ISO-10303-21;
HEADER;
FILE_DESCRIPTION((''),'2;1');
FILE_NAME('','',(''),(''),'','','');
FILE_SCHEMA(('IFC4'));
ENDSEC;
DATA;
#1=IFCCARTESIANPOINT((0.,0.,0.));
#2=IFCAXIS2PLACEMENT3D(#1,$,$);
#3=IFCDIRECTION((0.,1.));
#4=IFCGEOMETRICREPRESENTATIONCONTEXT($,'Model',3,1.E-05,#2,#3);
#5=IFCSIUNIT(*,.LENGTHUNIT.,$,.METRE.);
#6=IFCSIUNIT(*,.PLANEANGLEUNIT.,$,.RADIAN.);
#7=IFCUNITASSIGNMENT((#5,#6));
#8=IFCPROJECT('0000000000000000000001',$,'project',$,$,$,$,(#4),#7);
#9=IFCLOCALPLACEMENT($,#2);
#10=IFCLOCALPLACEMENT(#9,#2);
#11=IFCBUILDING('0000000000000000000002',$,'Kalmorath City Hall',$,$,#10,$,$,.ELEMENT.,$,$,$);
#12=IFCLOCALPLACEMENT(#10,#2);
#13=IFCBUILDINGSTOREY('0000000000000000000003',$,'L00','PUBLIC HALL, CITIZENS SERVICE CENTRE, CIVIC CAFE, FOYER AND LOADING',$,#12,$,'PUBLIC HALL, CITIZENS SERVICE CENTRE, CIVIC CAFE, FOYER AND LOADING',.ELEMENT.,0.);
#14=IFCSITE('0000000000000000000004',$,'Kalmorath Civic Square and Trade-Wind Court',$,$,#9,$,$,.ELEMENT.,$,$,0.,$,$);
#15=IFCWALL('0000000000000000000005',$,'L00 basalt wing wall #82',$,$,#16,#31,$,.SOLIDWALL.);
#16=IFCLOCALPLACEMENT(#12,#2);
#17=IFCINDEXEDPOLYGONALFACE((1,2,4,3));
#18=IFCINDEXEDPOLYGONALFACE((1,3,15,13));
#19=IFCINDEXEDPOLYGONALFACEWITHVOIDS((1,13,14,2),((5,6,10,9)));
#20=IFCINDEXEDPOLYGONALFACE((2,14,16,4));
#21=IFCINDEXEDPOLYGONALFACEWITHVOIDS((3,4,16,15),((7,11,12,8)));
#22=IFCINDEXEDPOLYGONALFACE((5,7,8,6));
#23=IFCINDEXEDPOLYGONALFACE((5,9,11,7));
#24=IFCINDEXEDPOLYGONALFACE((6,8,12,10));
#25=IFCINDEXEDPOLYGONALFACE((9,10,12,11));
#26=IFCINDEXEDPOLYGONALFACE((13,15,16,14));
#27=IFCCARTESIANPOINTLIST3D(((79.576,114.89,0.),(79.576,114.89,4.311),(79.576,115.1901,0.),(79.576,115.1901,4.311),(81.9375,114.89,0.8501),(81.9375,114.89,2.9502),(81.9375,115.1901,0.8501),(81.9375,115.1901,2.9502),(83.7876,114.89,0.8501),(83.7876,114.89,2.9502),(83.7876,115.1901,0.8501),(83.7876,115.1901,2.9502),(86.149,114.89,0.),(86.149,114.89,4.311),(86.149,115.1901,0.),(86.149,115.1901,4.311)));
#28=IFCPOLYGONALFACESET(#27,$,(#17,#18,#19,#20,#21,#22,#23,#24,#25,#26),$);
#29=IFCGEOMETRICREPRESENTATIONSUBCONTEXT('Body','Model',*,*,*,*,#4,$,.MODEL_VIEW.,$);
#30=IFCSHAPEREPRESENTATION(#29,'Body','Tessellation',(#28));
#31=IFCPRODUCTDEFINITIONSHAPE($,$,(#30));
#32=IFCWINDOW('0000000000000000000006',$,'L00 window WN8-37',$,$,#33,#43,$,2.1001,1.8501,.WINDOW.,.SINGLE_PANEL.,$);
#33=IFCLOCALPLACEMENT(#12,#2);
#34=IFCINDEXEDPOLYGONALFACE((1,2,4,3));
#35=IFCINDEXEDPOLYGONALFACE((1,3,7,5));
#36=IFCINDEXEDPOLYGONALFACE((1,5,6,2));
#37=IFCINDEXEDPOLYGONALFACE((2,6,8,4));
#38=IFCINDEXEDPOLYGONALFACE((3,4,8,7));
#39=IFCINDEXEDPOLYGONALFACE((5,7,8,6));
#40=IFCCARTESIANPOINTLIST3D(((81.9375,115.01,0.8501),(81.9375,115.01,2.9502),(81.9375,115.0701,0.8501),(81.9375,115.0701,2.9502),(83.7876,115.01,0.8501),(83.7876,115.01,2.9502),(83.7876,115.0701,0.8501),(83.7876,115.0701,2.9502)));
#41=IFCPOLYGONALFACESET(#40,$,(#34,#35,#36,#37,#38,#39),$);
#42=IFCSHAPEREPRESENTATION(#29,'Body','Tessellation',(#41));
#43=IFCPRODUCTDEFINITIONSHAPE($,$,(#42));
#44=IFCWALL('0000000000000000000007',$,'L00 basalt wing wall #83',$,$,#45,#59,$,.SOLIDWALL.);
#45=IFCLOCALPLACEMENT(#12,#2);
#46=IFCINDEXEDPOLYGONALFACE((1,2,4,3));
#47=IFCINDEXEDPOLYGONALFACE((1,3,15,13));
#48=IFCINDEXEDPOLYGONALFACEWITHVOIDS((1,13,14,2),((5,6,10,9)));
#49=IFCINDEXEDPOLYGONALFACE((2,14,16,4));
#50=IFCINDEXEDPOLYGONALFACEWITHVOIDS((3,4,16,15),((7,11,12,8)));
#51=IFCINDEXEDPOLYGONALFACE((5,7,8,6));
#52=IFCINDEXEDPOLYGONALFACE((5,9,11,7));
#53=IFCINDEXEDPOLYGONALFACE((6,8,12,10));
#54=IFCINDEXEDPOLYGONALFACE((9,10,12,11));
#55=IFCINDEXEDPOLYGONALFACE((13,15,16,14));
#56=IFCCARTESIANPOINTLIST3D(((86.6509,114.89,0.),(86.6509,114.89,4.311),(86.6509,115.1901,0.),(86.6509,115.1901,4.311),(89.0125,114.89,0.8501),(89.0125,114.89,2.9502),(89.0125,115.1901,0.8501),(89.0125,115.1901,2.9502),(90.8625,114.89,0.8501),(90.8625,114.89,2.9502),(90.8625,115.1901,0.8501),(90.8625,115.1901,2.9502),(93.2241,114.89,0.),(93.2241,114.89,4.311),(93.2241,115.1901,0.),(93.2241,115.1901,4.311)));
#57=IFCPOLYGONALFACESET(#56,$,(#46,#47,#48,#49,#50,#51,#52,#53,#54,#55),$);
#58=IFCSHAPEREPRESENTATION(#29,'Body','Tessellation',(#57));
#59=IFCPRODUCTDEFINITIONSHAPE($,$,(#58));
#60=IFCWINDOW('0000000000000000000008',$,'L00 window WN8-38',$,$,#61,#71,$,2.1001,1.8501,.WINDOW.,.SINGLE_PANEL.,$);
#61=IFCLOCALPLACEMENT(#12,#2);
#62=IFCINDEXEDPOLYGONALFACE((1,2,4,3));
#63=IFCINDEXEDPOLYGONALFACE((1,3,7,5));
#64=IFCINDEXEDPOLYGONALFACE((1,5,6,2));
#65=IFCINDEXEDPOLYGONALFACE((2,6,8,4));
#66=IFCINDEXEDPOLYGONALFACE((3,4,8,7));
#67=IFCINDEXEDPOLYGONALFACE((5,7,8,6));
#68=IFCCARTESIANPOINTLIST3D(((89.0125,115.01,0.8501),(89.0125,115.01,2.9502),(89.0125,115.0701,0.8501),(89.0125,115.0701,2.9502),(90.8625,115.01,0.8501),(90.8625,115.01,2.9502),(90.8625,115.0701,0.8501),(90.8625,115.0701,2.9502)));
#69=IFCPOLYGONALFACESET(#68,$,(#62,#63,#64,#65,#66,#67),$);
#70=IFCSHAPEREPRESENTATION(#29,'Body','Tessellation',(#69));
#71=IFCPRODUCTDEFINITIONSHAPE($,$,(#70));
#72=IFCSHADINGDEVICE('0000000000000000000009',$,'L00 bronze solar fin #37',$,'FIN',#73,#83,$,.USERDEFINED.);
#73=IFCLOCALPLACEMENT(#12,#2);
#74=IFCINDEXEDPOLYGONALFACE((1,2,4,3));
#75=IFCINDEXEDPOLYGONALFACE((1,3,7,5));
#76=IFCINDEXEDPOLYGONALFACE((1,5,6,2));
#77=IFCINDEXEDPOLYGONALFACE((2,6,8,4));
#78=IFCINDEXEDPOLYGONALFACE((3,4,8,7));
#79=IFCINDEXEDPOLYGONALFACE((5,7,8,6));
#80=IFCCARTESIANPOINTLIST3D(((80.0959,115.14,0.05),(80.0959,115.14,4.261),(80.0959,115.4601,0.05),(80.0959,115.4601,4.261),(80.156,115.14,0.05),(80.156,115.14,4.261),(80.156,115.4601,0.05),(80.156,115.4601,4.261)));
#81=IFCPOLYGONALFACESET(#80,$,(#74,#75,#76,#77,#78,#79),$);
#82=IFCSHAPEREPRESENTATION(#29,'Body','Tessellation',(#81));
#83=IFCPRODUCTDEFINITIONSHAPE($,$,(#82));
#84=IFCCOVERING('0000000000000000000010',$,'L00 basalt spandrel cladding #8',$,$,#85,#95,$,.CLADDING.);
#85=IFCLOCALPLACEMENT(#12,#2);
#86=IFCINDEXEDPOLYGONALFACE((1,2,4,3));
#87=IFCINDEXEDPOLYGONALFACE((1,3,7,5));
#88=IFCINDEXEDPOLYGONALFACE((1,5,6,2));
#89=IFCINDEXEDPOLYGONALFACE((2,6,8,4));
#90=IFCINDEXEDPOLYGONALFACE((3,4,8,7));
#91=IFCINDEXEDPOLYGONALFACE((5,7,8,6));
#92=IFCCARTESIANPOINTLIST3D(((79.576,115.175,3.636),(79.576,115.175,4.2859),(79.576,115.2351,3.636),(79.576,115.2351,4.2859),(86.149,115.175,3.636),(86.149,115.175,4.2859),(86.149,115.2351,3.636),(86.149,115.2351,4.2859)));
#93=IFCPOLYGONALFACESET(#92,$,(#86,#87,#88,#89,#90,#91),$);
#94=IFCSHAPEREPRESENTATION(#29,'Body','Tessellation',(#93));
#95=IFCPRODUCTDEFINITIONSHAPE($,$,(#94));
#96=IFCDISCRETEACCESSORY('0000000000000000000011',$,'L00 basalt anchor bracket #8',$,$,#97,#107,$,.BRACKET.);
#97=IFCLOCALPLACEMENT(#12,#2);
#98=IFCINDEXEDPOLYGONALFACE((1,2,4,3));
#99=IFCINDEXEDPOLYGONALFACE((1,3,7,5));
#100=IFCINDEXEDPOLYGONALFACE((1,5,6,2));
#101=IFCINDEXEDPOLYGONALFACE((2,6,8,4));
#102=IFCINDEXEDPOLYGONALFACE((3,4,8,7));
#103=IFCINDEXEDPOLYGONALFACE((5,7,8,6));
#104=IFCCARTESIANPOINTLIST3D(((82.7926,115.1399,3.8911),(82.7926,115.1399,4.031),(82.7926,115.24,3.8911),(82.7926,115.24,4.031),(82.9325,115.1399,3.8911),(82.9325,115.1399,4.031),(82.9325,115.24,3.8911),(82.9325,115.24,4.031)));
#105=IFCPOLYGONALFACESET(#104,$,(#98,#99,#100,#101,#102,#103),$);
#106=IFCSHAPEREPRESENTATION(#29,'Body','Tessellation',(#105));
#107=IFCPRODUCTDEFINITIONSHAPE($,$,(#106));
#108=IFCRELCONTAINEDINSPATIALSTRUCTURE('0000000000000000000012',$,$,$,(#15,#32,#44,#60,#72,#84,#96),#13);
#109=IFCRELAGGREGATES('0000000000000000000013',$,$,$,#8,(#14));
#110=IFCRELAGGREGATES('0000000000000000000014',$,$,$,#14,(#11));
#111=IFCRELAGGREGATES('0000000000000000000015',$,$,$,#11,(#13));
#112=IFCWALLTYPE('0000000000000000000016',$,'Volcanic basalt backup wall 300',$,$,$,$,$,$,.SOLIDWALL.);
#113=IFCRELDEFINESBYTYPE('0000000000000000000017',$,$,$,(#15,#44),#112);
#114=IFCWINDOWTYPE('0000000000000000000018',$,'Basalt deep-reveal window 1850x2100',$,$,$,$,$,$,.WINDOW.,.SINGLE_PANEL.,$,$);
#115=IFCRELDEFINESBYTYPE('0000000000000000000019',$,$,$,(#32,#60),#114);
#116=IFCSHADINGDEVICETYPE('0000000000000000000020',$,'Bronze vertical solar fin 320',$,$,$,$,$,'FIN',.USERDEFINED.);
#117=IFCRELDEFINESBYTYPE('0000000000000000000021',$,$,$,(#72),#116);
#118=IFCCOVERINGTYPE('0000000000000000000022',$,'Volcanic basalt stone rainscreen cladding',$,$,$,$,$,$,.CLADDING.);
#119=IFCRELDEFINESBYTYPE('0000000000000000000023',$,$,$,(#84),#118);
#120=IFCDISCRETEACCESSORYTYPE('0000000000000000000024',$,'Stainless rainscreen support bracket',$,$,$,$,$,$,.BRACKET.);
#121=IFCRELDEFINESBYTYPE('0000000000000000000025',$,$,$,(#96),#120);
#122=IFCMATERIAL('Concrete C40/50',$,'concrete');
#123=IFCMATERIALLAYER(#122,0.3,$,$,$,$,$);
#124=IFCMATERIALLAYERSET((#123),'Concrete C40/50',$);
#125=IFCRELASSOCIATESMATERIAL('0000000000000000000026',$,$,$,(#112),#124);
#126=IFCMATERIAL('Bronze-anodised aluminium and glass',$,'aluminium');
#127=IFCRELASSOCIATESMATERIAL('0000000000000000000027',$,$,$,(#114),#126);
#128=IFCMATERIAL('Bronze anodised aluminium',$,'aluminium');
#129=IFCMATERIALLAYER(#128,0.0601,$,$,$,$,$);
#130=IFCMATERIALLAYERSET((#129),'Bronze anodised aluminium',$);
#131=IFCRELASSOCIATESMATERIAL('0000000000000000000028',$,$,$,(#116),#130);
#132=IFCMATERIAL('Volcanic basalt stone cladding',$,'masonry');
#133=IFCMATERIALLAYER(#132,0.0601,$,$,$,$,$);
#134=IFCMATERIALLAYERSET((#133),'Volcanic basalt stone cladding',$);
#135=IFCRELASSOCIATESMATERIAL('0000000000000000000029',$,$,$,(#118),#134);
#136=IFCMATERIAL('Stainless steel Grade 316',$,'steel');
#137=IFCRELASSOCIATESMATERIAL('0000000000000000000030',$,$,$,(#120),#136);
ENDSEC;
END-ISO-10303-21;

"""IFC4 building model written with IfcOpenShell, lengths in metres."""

from ifc_helpers import new_model, si_unit, direction, frame, frame_2d, origin, origin_2d, place, context, subcontext, project, spatial, rectangle, extrude, material, layer, layer_set, type_object, element, fill, save


model = new_model("IFC4")

# Units and contexts
model_context = context("Model", 3, precision=1e-05, world=origin(), true_north=direction((0.0, 1.0)))
body_context = subcontext(model_context, "Body", "Model", "MODEL_VIEW")
ifc_project = project(units=[si_unit("LENGTHUNIT", "METRE"), si_unit("PLANEANGLEUNIT", "RADIAN")], contexts=[model_context])

# Site, building, storey
site_placement = place(None, origin())
site = spatial("IfcSite", under=ifc_project, at=site_placement, Name="Kalmorath Civic Square and Trade-Wind Court", CompositionType="ELEMENT", RefElevation=0.0)
building_placement = place(site_placement, origin())
building = spatial("IfcBuilding", under=site, at=building_placement, Name="Kalmorath City Hall", CompositionType="ELEMENT")
storey_placement = place(building_placement, origin())
storey = spatial("IfcBuildingStorey", under=building, at=storey_placement, Name="L00", Description="PUBLIC HALL, CITIZENS SERVICE CENTRE, CIVIC CAFE, FOYER AND LOADING", LongName="PUBLIC HALL, CITIZENS SERVICE CENTRE, CIVIC CAFE, FOYER AND LOADING", CompositionType="ELEMENT", Elevation=0.0)

# Walls, openings, windows
ifc_material_1 = material(Name="Concrete C40/50", Category="concrete")
ifc_layer_1 = layer(ifc_material_1, 0.3)
ifc_layer_set_1 = layer_set([ifc_layer_1], Name="Concrete C40/50")
wall_type = type_object("IfcWallType", Name="Volcanic basalt backup wall 300", PredefinedType="SOLIDWALL", material=ifc_layer_set_1)
wall_1_placement = place(storey_placement, frame((79.5759, 115.04, 0.0), z_axis=(0.0, 0.0, 1.0), x_axis=(1.0, 0.0, 0.0)))
wall_1 = element("IfcWall", 1, at=wall_1_placement, inside=storey, type_object=wall_type, Name="L00 basalt wing wall #82", PredefinedType="SOLIDWALL", context=body_context, shape_type="SweptSolid", body=[
    extrude(rectangle(XDim=6.573, YDim=0.3, at=frame_2d((3.2866, 0.0))), origin(), (0.0, 0.0, 1.0), 4.311),
])
opening_1_placement = place(wall_1_placement, frame((2.3616, 0.0, 0.8501)))
opening_1 = element("IfcOpeningElement", 2, at=opening_1_placement, cuts=wall_1, PredefinedType="OPENING", context=body_context, shape_type="SweptSolid", body=[
    extrude(rectangle(XDim=1.8501, YDim=2.1001, at=frame_2d((0.925, 1.05))), frame((0.0, 0.1599, 0.0), z_axis=(0.0, -1.0, 0.0), x_axis=(1.0, 0.0, 0.0)), (0.0, 0.0, 1.0), 0.3201),
])
ifc_material_2 = material(Name="Bronze-anodised aluminium and glass", Category="aluminium")
window_type = type_object("IfcWindowType", Name="Basalt deep-reveal window 1850x2100", PartitioningType="SINGLE_PANEL", PredefinedType="WINDOW", material=ifc_material_2)
window_1_placement = place(opening_1_placement, origin())
window_1 = element("IfcWindow", 3, at=window_1_placement, inside=storey, type_object=window_type, Name="L00 window WN8-37", OverallHeight=2.1001, OverallWidth=1.8501, PartitioningType="SINGLE_PANEL", PredefinedType="WINDOW", context=body_context, shape_type="SweptSolid", body=[
    extrude(rectangle(XDim=1.8501, YDim=2.1001, at=frame_2d((0.925, 1.05))), frame((0.0, 0.03, 0.0), z_axis=(0.0, -1.0, 0.0), x_axis=(1.0, 0.0, 0.0)), (0.0, 0.0, 1.0), 0.0601),
])
fill(opening_1, window_1)
wall_2_placement = place(storey_placement, frame((86.6509, 115.04, 0.0), z_axis=(0.0, 0.0, 1.0), x_axis=(1.0, 0.0, 0.0)))
wall_2 = element("IfcWall", 4, at=wall_2_placement, inside=storey, type_object=wall_type, Name="L00 basalt wing wall #83", PredefinedType="SOLIDWALL", context=body_context, shape_type="SweptSolid", body=[
    extrude(rectangle(XDim=6.5732, YDim=0.3, at=frame_2d((3.2866, 0.0))), origin(), (0.0, 0.0, 1.0), 4.311),
])
opening_2_placement = place(wall_2_placement, frame((2.3616, 0.0, 0.8501)))
opening_2 = element("IfcOpeningElement", 5, at=opening_2_placement, cuts=wall_2, PredefinedType="OPENING", context=body_context, shape_type="SweptSolid", body=[
    extrude(rectangle(XDim=1.8501, YDim=2.1001, at=frame_2d((0.925, 1.05))), frame((0.0, 0.1599, 0.0), z_axis=(0.0, -1.0, 0.0), x_axis=(1.0, 0.0, 0.0)), (0.0, 0.0, 1.0), 0.3201),
])
window_2_placement = place(opening_2_placement, origin())
window_2 = element("IfcWindow", 6, at=window_2_placement, inside=storey, type_object=window_type, Name="L00 window WN8-38", OverallHeight=2.1001, OverallWidth=1.8501, PartitioningType="SINGLE_PANEL", PredefinedType="WINDOW", context=body_context, shape_type="SweptSolid", body=[
    extrude(rectangle(XDim=1.8501, YDim=2.1001, at=frame_2d((0.925, 1.05))), frame((0.0, 0.03, 0.0), z_axis=(0.0, -1.0, 0.0), x_axis=(1.0, 0.0, 0.0)), (0.0, 0.0, 1.0), 0.0601),
])
fill(opening_2, window_2)

# Shading device
ifc_material_3 = material(Name="Bronze anodised aluminium", Category="aluminium")
ifc_layer_2 = layer(ifc_material_3, 0.0601)
ifc_layer_set_2 = layer_set([ifc_layer_2], Name="Bronze anodised aluminium")
shading_device_type = type_object("IfcShadingDeviceType", Name="Bronze vertical solar fin 320", ElementType="FIN", PredefinedType="USERDEFINED", material=ifc_layer_set_2)
shading_device_placement = place(storey_placement, frame((80.126, 115.3, 0.05), z_axis=(0.0, 0.0, 1.0), x_axis=(1.0, 0.0, 0.0)))
element("IfcShadingDevice", 7, at=shading_device_placement, inside=storey, type_object=shading_device_type, Name="L00 bronze solar fin #37", ObjectType="FIN", PredefinedType="USERDEFINED", context=body_context, shape_type="SweptSolid", body=[
    extrude(rectangle(XDim=0.0601, YDim=0.3201, at=origin_2d()), origin(), (0.0, 0.0, 1.0), 4.2109),
])

# Covering
ifc_material_4 = material(Name="Volcanic basalt stone cladding", Category="masonry")
ifc_layer_3 = layer(ifc_material_4, 0.0601)
ifc_layer_set_3 = layer_set([ifc_layer_3], Name="Volcanic basalt stone cladding")
covering_type = type_object("IfcCoveringType", Name="Volcanic basalt stone rainscreen cladding", PredefinedType="CLADDING", material=ifc_layer_set_3)
covering_placement = place(storey_placement, frame((82.8625, 115.2051, 3.636), z_axis=(0.0, 0.0, 1.0), x_axis=(1.0, 0.0, 0.0)))
element("IfcCovering", 8, at=covering_placement, inside=storey, type_object=covering_type, Name="L00 basalt spandrel cladding #8", PredefinedType="CLADDING", context=body_context, shape_type="SweptSolid", body=[
    extrude(rectangle(XDim=6.573, YDim=0.0601, at=origin_2d()), origin(), (0.0, 0.0, 1.0), 0.6499),
])

# Discrete accessory
ifc_material_5 = material(Name="Stainless steel Grade 316", Category="steel")
discrete_accessory_type = type_object("IfcDiscreteAccessoryType", Name="Stainless rainscreen support bracket", PredefinedType="BRACKET", material=ifc_material_5)
discrete_accessory_placement = place(storey_placement, frame((82.8625, 115.1899, 3.8911), z_axis=(0.0, 0.0, 1.0), x_axis=(1.0, 0.0, 0.0)))
element("IfcDiscreteAccessory", 9, at=discrete_accessory_placement, inside=storey, type_object=discrete_accessory_type, Name="L00 basalt anchor bracket #8", PredefinedType="BRACKET", context=body_context, shape_type="SweptSolid", body=[
    extrude(rectangle(XDim=0.1399, YDim=0.1001, at=origin_2d()), origin(), (0.0, 0.0, 1.0), 0.1399),
])

save(model, "model.ifc")
